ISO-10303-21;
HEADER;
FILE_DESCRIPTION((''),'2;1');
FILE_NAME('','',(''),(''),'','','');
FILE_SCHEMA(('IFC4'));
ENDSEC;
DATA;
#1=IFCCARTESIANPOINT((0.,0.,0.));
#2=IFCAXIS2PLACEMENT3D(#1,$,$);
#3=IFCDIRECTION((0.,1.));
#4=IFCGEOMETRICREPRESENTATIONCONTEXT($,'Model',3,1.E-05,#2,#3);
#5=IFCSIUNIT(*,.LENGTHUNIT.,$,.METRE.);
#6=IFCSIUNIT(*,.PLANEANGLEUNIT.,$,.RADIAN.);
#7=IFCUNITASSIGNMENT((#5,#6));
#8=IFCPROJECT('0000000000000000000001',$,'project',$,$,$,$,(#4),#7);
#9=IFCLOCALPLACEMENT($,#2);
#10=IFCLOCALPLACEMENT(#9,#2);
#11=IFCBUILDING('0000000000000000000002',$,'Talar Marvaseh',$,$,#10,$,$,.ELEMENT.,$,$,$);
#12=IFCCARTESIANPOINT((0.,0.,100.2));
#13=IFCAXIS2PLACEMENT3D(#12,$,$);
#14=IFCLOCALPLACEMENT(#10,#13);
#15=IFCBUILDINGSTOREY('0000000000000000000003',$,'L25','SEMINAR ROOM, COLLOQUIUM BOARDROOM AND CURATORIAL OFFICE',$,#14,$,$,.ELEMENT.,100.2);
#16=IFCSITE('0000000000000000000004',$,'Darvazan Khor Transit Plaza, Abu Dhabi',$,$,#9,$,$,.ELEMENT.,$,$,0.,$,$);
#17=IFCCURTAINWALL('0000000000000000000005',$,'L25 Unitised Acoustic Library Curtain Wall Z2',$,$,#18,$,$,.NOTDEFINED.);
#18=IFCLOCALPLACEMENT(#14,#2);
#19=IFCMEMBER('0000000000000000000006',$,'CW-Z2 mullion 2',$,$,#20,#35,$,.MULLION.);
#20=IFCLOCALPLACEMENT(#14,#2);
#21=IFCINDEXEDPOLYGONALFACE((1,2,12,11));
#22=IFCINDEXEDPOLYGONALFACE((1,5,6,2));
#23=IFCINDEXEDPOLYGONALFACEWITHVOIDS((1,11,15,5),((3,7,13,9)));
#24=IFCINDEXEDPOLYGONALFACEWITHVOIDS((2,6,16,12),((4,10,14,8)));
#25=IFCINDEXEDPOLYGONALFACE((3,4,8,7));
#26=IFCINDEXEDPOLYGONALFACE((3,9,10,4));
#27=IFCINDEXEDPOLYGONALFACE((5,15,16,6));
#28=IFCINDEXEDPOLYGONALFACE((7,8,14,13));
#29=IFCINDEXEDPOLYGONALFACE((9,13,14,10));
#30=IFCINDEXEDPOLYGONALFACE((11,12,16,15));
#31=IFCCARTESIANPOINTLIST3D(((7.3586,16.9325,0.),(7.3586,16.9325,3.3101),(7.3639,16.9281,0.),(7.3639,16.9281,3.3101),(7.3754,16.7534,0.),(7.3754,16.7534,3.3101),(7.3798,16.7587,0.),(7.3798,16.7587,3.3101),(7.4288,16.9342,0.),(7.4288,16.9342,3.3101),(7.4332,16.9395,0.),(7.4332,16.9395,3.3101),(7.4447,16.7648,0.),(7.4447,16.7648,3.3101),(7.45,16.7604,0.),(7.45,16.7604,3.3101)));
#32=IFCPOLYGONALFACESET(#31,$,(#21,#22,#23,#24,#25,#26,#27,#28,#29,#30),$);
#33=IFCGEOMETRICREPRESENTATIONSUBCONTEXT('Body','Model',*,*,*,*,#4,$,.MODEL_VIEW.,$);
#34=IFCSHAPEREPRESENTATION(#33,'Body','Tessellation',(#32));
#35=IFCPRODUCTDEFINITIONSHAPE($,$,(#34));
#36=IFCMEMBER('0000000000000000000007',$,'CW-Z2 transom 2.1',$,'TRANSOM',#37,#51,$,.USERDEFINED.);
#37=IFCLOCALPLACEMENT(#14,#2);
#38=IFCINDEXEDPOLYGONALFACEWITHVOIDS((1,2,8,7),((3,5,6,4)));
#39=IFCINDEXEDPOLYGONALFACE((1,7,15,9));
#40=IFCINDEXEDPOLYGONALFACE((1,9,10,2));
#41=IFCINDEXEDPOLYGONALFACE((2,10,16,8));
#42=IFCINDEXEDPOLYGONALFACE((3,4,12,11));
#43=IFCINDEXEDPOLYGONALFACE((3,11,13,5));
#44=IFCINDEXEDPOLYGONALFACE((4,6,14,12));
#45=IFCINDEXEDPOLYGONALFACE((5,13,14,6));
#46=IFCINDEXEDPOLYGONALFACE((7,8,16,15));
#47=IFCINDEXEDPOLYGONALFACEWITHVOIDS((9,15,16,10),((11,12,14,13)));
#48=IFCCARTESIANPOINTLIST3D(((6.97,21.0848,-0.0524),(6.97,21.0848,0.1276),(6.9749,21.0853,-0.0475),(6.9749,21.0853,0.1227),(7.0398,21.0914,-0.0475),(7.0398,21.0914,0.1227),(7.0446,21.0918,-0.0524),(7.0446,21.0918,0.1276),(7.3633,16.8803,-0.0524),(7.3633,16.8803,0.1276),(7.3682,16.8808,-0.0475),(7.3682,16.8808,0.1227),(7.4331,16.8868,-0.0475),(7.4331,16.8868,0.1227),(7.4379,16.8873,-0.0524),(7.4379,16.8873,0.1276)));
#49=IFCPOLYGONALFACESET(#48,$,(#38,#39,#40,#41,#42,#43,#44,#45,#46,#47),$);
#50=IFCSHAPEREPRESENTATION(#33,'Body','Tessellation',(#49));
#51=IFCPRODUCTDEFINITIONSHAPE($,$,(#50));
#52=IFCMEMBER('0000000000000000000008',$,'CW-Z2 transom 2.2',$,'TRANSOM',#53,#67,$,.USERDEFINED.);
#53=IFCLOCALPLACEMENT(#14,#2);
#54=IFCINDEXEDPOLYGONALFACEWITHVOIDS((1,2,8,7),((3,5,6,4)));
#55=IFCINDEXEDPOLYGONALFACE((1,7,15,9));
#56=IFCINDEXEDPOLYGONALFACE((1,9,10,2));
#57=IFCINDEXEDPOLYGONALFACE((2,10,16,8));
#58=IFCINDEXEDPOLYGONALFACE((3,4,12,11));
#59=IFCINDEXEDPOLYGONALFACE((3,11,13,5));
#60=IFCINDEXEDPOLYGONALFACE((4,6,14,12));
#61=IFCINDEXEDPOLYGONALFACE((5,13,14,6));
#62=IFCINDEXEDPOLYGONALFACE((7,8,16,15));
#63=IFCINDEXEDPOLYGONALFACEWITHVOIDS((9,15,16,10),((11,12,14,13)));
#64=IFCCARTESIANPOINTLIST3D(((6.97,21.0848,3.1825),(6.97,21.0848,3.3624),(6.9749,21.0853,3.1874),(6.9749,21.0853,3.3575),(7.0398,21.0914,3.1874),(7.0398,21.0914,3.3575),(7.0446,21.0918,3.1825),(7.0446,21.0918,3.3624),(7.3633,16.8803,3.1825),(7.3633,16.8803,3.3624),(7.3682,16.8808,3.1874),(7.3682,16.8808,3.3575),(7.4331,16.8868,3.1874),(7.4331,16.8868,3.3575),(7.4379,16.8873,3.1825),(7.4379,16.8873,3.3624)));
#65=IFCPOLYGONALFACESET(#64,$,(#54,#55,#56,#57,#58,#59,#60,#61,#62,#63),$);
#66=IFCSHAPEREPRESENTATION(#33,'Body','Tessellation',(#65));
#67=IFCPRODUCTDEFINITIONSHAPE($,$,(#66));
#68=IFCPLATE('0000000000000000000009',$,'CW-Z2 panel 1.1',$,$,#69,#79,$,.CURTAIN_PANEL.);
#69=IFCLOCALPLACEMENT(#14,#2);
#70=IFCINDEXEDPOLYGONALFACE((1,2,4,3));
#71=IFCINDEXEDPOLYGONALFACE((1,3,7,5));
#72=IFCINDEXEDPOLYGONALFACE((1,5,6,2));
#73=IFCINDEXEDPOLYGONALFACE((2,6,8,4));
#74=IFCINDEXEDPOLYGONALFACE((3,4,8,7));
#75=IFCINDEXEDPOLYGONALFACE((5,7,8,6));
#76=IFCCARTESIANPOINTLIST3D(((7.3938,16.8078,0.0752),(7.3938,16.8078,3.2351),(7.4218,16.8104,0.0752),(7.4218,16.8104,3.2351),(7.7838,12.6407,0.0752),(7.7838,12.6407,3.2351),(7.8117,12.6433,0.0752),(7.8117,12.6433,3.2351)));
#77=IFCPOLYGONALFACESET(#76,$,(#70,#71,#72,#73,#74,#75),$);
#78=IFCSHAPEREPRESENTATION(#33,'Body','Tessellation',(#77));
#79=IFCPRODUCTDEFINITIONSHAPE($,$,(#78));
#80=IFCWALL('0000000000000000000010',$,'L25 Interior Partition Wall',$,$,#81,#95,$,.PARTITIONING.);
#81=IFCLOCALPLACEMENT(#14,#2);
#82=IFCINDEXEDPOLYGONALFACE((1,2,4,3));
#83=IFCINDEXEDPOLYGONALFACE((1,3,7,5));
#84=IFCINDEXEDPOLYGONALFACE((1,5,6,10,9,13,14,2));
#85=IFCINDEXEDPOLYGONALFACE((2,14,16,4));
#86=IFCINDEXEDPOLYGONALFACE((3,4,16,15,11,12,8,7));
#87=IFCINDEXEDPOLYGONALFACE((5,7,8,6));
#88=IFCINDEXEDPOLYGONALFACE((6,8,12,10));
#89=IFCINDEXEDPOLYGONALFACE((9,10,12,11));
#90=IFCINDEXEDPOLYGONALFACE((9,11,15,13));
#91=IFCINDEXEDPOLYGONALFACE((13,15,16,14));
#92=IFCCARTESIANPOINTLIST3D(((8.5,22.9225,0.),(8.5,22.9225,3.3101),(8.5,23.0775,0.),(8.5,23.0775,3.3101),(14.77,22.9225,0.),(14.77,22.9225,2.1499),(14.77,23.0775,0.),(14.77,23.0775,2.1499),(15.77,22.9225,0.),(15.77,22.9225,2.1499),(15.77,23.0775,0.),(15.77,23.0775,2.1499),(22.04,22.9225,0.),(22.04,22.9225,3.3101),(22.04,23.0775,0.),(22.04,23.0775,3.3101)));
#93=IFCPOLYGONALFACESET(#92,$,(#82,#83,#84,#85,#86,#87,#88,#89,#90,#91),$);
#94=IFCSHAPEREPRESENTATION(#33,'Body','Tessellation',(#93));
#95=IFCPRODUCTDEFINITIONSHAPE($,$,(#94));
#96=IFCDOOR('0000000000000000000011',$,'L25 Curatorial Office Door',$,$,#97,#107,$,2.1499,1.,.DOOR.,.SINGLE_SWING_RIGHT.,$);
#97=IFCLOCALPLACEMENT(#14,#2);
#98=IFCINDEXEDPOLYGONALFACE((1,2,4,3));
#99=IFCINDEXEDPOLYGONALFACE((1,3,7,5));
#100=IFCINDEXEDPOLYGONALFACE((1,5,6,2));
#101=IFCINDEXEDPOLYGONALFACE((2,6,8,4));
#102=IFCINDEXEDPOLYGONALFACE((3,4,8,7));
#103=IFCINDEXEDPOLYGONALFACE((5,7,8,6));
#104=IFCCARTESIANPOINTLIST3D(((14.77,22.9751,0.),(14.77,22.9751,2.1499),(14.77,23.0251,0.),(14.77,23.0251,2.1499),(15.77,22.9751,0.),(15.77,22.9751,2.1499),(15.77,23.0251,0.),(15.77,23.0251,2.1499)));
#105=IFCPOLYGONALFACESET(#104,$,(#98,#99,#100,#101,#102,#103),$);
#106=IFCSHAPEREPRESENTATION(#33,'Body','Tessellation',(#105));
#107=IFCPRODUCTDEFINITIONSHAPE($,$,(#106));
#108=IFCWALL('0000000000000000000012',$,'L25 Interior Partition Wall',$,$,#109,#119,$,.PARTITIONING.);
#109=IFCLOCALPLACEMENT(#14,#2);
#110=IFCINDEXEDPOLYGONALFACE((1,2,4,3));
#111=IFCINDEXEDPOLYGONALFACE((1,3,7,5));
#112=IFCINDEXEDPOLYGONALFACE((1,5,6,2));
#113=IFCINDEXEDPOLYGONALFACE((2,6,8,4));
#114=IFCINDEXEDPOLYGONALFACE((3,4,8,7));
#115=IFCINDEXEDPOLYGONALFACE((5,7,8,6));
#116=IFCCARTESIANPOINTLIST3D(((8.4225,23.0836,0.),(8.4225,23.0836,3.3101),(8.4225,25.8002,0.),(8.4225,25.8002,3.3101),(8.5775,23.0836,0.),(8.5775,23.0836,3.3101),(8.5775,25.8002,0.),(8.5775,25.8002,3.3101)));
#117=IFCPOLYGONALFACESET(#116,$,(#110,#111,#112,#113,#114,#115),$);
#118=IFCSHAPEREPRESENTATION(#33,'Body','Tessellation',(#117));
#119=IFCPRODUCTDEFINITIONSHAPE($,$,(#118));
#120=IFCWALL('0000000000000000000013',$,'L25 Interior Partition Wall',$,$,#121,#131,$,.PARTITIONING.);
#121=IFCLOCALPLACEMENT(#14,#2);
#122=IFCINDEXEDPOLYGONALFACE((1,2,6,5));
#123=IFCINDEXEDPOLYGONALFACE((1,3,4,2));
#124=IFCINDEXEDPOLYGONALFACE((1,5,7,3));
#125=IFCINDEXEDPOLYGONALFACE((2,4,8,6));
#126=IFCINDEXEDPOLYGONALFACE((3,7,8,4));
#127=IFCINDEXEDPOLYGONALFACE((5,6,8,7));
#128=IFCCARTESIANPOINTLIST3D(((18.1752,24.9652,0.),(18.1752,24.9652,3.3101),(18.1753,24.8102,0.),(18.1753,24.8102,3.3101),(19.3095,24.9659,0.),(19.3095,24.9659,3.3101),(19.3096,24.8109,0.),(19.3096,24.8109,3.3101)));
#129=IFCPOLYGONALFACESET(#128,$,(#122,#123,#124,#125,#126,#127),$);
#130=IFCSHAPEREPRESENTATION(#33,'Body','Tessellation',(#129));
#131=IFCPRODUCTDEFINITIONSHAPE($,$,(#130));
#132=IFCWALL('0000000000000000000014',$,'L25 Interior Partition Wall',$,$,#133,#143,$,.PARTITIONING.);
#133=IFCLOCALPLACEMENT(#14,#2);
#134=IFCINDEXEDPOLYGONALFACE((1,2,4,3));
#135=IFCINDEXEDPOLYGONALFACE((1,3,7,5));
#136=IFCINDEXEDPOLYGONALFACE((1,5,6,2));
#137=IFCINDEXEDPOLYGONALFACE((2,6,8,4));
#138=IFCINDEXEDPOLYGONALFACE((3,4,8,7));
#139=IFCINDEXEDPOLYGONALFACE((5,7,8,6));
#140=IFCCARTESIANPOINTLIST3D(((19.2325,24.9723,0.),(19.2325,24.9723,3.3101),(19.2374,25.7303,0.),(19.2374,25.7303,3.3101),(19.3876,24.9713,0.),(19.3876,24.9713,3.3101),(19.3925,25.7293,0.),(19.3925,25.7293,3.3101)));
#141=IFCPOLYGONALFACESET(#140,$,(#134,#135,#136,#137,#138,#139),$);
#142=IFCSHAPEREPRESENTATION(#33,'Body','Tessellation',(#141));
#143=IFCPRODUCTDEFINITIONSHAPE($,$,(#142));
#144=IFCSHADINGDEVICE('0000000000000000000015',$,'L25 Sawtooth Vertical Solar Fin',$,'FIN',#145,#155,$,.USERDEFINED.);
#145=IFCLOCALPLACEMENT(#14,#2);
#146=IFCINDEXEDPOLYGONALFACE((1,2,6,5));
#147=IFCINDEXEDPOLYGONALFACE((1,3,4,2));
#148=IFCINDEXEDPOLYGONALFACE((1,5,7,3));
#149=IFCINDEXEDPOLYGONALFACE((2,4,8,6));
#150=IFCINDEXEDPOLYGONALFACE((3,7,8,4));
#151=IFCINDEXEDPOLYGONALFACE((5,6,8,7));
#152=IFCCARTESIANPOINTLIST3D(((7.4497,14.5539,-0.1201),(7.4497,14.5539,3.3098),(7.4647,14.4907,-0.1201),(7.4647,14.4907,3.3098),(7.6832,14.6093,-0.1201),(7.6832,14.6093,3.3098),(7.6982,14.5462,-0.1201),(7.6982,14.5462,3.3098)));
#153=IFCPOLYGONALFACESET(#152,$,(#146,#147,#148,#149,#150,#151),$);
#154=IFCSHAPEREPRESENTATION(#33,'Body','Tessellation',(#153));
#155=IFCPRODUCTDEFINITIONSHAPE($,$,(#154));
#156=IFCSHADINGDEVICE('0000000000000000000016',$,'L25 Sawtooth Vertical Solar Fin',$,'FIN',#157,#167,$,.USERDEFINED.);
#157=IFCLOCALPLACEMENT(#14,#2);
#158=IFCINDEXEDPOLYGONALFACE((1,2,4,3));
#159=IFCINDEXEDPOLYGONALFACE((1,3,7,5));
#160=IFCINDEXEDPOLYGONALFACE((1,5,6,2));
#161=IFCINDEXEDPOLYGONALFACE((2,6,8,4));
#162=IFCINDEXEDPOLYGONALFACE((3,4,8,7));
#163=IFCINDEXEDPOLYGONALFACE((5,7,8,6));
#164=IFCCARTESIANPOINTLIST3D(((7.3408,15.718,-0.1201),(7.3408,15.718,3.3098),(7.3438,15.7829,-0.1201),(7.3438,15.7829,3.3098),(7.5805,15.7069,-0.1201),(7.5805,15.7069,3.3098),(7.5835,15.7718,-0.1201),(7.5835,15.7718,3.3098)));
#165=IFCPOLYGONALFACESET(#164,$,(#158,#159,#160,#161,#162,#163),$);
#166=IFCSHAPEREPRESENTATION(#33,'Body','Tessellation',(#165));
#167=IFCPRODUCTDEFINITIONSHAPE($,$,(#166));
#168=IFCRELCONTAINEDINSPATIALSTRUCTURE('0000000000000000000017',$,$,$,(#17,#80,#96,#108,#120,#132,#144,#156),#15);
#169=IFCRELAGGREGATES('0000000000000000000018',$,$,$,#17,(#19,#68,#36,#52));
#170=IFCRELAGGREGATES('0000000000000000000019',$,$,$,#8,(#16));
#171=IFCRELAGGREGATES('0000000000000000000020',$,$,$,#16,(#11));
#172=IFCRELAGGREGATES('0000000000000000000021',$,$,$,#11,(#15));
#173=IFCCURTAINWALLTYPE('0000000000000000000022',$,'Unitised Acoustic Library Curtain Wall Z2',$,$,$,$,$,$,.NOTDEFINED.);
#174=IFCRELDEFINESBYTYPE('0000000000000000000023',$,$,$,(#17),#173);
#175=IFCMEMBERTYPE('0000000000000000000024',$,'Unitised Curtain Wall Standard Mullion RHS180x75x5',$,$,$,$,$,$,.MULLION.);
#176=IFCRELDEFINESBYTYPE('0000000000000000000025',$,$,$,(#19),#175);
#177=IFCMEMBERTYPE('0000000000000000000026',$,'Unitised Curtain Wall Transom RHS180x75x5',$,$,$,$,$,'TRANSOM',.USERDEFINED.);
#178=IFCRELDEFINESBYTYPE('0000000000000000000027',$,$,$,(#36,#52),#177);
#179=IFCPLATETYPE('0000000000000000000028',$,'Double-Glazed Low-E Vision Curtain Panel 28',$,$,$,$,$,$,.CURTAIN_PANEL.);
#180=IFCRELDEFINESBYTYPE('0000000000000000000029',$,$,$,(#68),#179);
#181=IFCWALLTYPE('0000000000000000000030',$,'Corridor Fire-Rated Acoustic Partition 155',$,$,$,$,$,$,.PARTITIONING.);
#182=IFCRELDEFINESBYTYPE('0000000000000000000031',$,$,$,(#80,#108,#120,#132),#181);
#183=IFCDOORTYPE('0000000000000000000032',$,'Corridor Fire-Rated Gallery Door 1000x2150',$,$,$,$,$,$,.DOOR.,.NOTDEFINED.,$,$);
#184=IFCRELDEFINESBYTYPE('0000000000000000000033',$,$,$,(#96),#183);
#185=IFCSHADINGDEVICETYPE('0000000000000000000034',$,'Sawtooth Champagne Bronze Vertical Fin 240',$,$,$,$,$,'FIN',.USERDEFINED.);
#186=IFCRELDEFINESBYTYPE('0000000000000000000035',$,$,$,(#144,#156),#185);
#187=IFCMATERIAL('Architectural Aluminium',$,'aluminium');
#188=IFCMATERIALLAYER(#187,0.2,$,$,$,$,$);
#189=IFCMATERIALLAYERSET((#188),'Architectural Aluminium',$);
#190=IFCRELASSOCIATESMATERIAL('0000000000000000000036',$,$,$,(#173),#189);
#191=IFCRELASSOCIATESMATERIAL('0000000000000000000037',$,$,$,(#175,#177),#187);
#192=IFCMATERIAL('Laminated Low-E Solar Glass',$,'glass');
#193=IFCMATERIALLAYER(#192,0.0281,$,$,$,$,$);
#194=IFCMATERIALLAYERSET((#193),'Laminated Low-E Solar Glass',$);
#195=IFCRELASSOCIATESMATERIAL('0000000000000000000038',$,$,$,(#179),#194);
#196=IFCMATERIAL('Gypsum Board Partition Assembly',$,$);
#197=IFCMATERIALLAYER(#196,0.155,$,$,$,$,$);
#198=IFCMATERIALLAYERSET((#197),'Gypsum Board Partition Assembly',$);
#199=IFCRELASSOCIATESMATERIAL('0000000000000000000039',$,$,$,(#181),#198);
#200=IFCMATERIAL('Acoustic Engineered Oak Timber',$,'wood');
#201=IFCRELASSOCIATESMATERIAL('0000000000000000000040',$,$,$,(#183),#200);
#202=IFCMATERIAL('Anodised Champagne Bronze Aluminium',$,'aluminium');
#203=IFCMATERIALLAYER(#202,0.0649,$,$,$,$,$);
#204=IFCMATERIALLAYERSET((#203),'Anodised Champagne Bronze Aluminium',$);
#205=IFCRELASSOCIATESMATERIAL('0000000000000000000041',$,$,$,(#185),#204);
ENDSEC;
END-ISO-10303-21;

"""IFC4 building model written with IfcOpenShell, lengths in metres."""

from ifc_helpers import new_model, si_unit, direction, frame, frame_2d, origin, origin_2d, place, context, subcontext, project, spatial, rectangle, hollow_rectangle, extrude, source, transform, mapped, material, layer, layer_set, material_profile, profile_set, type_object, type_shapes, element, fill, aggregate, save


model = new_model("IFC4")

# Units and contexts
model_context = context("Model", 3, precision=1e-05, world=origin(), true_north=direction((0.0, 1.0)))
body_context = subcontext(model_context, "Body", "Model", "MODEL_VIEW")
ifc_project = project(units=[si_unit("LENGTHUNIT", "METRE"), si_unit("PLANEANGLEUNIT", "RADIAN")], contexts=[model_context])

# Site, building, storey
site_placement = place(None, origin())
site = spatial("IfcSite", under=ifc_project, at=site_placement, Name="Darvazan Khor Transit Plaza, Abu Dhabi", CompositionType="ELEMENT", RefElevation=0.0)
building_placement = place(site_placement, origin())
building = spatial("IfcBuilding", under=site, at=building_placement, Name="Talar Marvaseh", CompositionType="ELEMENT")
storey_placement = place(building_placement, frame((0.0, 0.0, 100.2)))
storey = spatial("IfcBuildingStorey", under=building, at=storey_placement, Name="L25", Description="SEMINAR ROOM, COLLOQUIUM BOARDROOM AND CURATORIAL OFFICE", CompositionType="ELEMENT", Elevation=100.2)

# Curtain wall, members, plate
ifc_material_1 = material(Name="Architectural Aluminium", Category="aluminium")
ifc_layer_1 = layer(ifc_material_1, 0.2)
ifc_layer_set_1 = layer_set([ifc_layer_1], Name="Architectural Aluminium")
curtain_wall_type = type_object("IfcCurtainWallType", Name="Unitised Acoustic Library Curtain Wall Z2", PredefinedType="NOTDEFINED", material=ifc_layer_set_1)
curtain_wall_placement = place(storey_placement, origin())
curtain_wall = element("IfcCurtainWall", 1, at=curtain_wall_placement, inside=storey, type_object=curtain_wall_type, Name="L25 Unitised Acoustic Library Curtain Wall Z2", PredefinedType="NOTDEFINED")
ifc_material_profile_1 = material_profile(ifc_material_1, hollow_rectangle(XDim=0.075, YDim=0.1799, WallThickness=0.0049, at=origin_2d()), Name="RHS180x75x5")
ifc_profile_set_1 = profile_set([ifc_material_profile_1], Name="Architectural Aluminium")
member_type_1 = type_object("IfcMemberType", Name="Unitised Curtain Wall Standard Mullion RHS180x75x5", PredefinedType="MULLION", material=ifc_profile_set_1)
shared_shape_1 = source(origin(), body_context, "Body", "SweptSolid", [
    extrude(hollow_rectangle(XDim=0.075, YDim=0.1799, WallThickness=0.0049, at=origin_2d()), origin(), (0.0, 0.0, 1.0), 3.3101),
])
type_shapes(member_type_1, [shared_shape_1])
member_1_placement = place(storey_placement, frame((7.4043, 16.8464, 0.0), z_axis=(0.0, 0.0, 1.0), x_axis=(-0.99565, -0.093173, 0.0)))
member_1 = element("IfcMember", 2, at=member_1_placement, type_object=member_type_1, Name="CW-Z2 mullion 2", PredefinedType="MULLION", context=body_context, shape_type="MappedRepresentation", body=[
    mapped(shared_shape_1, transform((0.0, 0.0, 0.0), x_axis=(1.0, 0.0, 0.0), y_axis=(0.0, 1.0, 0.0), z_axis=(0.0, 0.0, 1.0), scale=1.0)),
])
ifc_material_profile_2 = material_profile(ifc_material_1, hollow_rectangle(XDim=0.075, YDim=0.1799, WallThickness=0.0049, at=origin_2d()), Name="RHS180x75x5")
ifc_profile_set_2 = profile_set([ifc_material_profile_2], Name="Architectural Aluminium")
member_type_2 = type_object("IfcMemberType", Name="Unitised Curtain Wall Transom RHS180x75x5", ElementType="TRANSOM", PredefinedType="USERDEFINED", material=ifc_profile_set_2)
shared_shape_2 = source(origin(), body_context, "Body", "SweptSolid", [
    extrude(hollow_rectangle(XDim=0.075, YDim=0.1799, WallThickness=0.0049, at=origin_2d()), origin(), (0.0, 0.0, 1.0), 4.2229),
])
type_shapes(member_type_2, [shared_shape_2])
member_2_placement = place(storey_placement, frame((7.4006, 16.8838, 0.0376), z_axis=(-0.093137, 0.995653, 0.0), x_axis=(-0.995653, -0.093137, 0.0)))
member_2 = element("IfcMember", 3, at=member_2_placement, type_object=member_type_2, Name="CW-Z2 transom 2.1", ObjectType="TRANSOM", PredefinedType="USERDEFINED", context=body_context, shape_type="MappedRepresentation", body=[
    mapped(shared_shape_2, transform((0.0, 0.0, 0.0), x_axis=(1.0, 0.0, 0.0), y_axis=(0.0, 1.0, 0.0), z_axis=(0.0, 0.0, 1.0), scale=1.0)),
])
member_3_placement = place(storey_placement, frame((7.4006, 16.8838, 3.2725), z_axis=(-0.093137, 0.995653, 0.0), x_axis=(-0.995653, -0.093137, 0.0)))
member_3 = element("IfcMember", 4, at=member_3_placement, type_object=member_type_2, Name="CW-Z2 transom 2.2", ObjectType="TRANSOM", PredefinedType="USERDEFINED", context=body_context, shape_type="MappedRepresentation", body=[
    mapped(shared_shape_2, transform((0.0, 0.0, 0.0), x_axis=(1.0, 0.0, 0.0), y_axis=(0.0, 1.0, 0.0), z_axis=(0.0, 0.0, 1.0), scale=1.0)),
])
ifc_material_2 = material(Name="Laminated Low-E Solar Glass", Category="glass")
ifc_layer_2 = layer(ifc_material_2, 0.0281)
ifc_layer_set_2 = layer_set([ifc_layer_2], Name="Laminated Low-E Solar Glass")
plate_type = type_object("IfcPlateType", Name="Double-Glazed Low-E Vision Curtain Panel 28", PredefinedType="CURTAIN_PANEL", material=ifc_layer_set_2)
shared_shape_3 = source(origin(), body_context, "Body", "SweptSolid", [
    extrude(rectangle(XDim=4.1853, YDim=0.0281, at=origin_2d()), origin(), (0.0, 0.0, 1.0), 3.1599),
])
type_shapes(plate_type, [shared_shape_3])
plate_placement = place(storey_placement, frame((7.6028, 14.7256, 0.0752), z_axis=(0.0, 0.0, 1.0), x_axis=(-0.093173, 0.99565, 0.0)))
plate = element("IfcPlate", 5, at=plate_placement, type_object=plate_type, Name="CW-Z2 panel 1.1", PredefinedType="CURTAIN_PANEL", context=body_context, shape_type="MappedRepresentation", body=[
    mapped(shared_shape_3, transform((0.0, 0.0, 0.0), x_axis=(1.0, 0.0, 0.0), y_axis=(0.0, 1.0, 0.0), z_axis=(0.0, 0.0, 1.0), scale=1.0)),
])
aggregate(curtain_wall, [member_1, plate, member_2, member_3])

# Wall, opening, door
ifc_material_3 = material(Name="Gypsum Board Partition Assembly")
ifc_layer_3 = layer(ifc_material_3, 0.155)
ifc_layer_set_3 = layer_set([ifc_layer_3], Name="Gypsum Board Partition Assembly")
wall_type = type_object("IfcWallType", Name="Corridor Fire-Rated Acoustic Partition 155", PredefinedType="PARTITIONING", material=ifc_layer_set_3)
wall_1_placement = place(storey_placement, frame((22.04, 23.0, 0.0), z_axis=(0.0, 0.0, 1.0), x_axis=(-1.0, 0.0, 0.0)))
wall_1 = element("IfcWall", 6, at=wall_1_placement, inside=storey, type_object=wall_type, Name="L25 Interior Partition Wall", PredefinedType="PARTITIONING", context=body_context, shape_type="SweptSolid", body=[
    extrude(rectangle(XDim=13.54, YDim=0.155, at=frame_2d((6.77, 0.0))), origin(), (0.0, 0.0, 1.0), 3.3101),
])
opening_placement = place(wall_1_placement, frame((6.27, 0.0, 0.0)))
opening = element("IfcOpeningElement", 7, at=opening_placement, cuts=wall_1, PredefinedType="OPENING", context=body_context, shape_type="SweptSolid", body=[
    extrude(rectangle(XDim=1.0, YDim=2.1499, at=frame_2d((0.5, 1.075))), frame((0.0, 0.0874, 0.0), z_axis=(0.0, -1.0, 0.0), x_axis=(1.0, 0.0, 0.0)), (0.0, 0.0, 1.0), 0.175),
])
ifc_material_4 = material(Name="Acoustic Engineered Oak Timber", Category="wood")
door_type = type_object("IfcDoorType", Name="Corridor Fire-Rated Gallery Door 1000x2150", OperationType="NOTDEFINED", PredefinedType="DOOR", material=ifc_material_4)
shared_shape_4 = source(origin(), body_context, "Body", "SweptSolid", [
    extrude(rectangle(XDim=1.0, YDim=2.1499, at=frame_2d((0.5, 1.075))), frame((0.0, 0.0249, 0.0), z_axis=(0.0, -1.0, 0.0), x_axis=(1.0, 0.0, 0.0)), (0.0, 0.0, 1.0), 0.05),
])
type_shapes(door_type, [shared_shape_4])
door_placement = place(opening_placement, origin())
door = element("IfcDoor", 8, at=door_placement, inside=storey, type_object=door_type, Name="L25 Curatorial Office Door", OperationType="SINGLE_SWING_RIGHT", OverallHeight=2.1499, OverallWidth=1.0, PredefinedType="DOOR", context=body_context, shape_type="MappedRepresentation", body=[
    mapped(shared_shape_4, transform((0.0, 0.0, 0.0), x_axis=(1.0, 0.0, 0.0), y_axis=(0.0, 1.0, 0.0), z_axis=(0.0, 0.0, 1.0), scale=1.0)),
])
fill(opening, door)

# Walls
wall_2_placement = place(storey_placement, frame((8.5, 23.0835, 0.0), z_axis=(0.0, 0.0, 1.0), x_axis=(0.0, 1.0, 0.0)))
element("IfcWall", 9, at=wall_2_placement, inside=storey, type_object=wall_type, Name="L25 Interior Partition Wall", PredefinedType="PARTITIONING", context=body_context, shape_type="SweptSolid", body=[
    extrude(rectangle(XDim=2.7166, YDim=0.155, at=frame_2d((1.3584, 0.0))), origin(), (0.0, 0.0, 1.0), 3.3101),
])
wall_3_placement = place(storey_placement, frame((18.1753, 24.8877, 0.0), z_axis=(0.0, 0.0, 1.0), x_axis=(1.0, 0.000646, 0.0)))
element("IfcWall", 10, at=wall_3_placement, inside=storey, type_object=wall_type, Name="L25 Interior Partition Wall", PredefinedType="PARTITIONING", context=body_context, shape_type="SweptSolid", body=[
    extrude(rectangle(XDim=1.1343, YDim=0.155, at=frame_2d((0.5671, 0.0))), origin(), (0.0, 0.0, 1.0), 3.3101),
])
wall_4_placement = place(storey_placement, frame((19.3101, 24.9719, 0.0), z_axis=(0.0, 0.0, 1.0), x_axis=(0.006441, 0.999979, 0.0)))
element("IfcWall", 11, at=wall_4_placement, inside=storey, type_object=wall_type, Name="L25 Interior Partition Wall", PredefinedType="PARTITIONING", context=body_context, shape_type="SweptSolid", body=[
    extrude(rectangle(XDim=0.7581, YDim=0.155, at=frame_2d((0.3789, 0.0))), origin(), (0.0, 0.0, 1.0), 3.3101),
])

# Shading devices
ifc_material_5 = material(Name="Anodised Champagne Bronze Aluminium", Category="aluminium")
ifc_layer_4 = layer(ifc_material_5, 0.0649)
ifc_layer_set_4 = layer_set([ifc_layer_4], Name="Anodised Champagne Bronze Aluminium")
shading_device_type = type_object("IfcShadingDeviceType", Name="Sawtooth Champagne Bronze Vertical Fin 240", ElementType="FIN", PredefinedType="USERDEFINED", material=ifc_layer_set_4)
shared_shape_5 = source(origin(), body_context, "Body", "SweptSolid", [
    extrude(rectangle(XDim=0.24, YDim=0.0649, at=origin_2d()), origin(), (0.0, 0.0, 1.0), 3.4299),
])
type_shapes(shading_device_type, [shared_shape_5])
for number, where, z_axis, x_axis, name in (
    (12, (7.574, 14.55, -0.1201), (0.0, 0.0, 1.0), (-0.972978, -0.230899, 0.0), "L25 Sawtooth Vertical Solar Fin"),
    (13, (7.4622, 15.7449, -0.1201), (0.0, 0.0, 1.0), (-0.998931, 0.046235, 0.0), "L25 Sawtooth Vertical Solar Fin"),
):
    element("IfcShadingDevice", number, at=place(storey_placement, frame(where, z_axis=z_axis, x_axis=x_axis)), inside=storey, type_object=shading_device_type, Name=name, ObjectType="FIN", PredefinedType="USERDEFINED", context=body_context, shape_type="MappedRepresentation", body=[
        mapped(shared_shape_5, transform((0.0, 0.0, 0.0), x_axis=(1.0, 0.0, 0.0), y_axis=(0.0, 1.0, 0.0), z_axis=(0.0, 0.0, 1.0), scale=1.0)),
    ])

save(model, "model.ifc")
